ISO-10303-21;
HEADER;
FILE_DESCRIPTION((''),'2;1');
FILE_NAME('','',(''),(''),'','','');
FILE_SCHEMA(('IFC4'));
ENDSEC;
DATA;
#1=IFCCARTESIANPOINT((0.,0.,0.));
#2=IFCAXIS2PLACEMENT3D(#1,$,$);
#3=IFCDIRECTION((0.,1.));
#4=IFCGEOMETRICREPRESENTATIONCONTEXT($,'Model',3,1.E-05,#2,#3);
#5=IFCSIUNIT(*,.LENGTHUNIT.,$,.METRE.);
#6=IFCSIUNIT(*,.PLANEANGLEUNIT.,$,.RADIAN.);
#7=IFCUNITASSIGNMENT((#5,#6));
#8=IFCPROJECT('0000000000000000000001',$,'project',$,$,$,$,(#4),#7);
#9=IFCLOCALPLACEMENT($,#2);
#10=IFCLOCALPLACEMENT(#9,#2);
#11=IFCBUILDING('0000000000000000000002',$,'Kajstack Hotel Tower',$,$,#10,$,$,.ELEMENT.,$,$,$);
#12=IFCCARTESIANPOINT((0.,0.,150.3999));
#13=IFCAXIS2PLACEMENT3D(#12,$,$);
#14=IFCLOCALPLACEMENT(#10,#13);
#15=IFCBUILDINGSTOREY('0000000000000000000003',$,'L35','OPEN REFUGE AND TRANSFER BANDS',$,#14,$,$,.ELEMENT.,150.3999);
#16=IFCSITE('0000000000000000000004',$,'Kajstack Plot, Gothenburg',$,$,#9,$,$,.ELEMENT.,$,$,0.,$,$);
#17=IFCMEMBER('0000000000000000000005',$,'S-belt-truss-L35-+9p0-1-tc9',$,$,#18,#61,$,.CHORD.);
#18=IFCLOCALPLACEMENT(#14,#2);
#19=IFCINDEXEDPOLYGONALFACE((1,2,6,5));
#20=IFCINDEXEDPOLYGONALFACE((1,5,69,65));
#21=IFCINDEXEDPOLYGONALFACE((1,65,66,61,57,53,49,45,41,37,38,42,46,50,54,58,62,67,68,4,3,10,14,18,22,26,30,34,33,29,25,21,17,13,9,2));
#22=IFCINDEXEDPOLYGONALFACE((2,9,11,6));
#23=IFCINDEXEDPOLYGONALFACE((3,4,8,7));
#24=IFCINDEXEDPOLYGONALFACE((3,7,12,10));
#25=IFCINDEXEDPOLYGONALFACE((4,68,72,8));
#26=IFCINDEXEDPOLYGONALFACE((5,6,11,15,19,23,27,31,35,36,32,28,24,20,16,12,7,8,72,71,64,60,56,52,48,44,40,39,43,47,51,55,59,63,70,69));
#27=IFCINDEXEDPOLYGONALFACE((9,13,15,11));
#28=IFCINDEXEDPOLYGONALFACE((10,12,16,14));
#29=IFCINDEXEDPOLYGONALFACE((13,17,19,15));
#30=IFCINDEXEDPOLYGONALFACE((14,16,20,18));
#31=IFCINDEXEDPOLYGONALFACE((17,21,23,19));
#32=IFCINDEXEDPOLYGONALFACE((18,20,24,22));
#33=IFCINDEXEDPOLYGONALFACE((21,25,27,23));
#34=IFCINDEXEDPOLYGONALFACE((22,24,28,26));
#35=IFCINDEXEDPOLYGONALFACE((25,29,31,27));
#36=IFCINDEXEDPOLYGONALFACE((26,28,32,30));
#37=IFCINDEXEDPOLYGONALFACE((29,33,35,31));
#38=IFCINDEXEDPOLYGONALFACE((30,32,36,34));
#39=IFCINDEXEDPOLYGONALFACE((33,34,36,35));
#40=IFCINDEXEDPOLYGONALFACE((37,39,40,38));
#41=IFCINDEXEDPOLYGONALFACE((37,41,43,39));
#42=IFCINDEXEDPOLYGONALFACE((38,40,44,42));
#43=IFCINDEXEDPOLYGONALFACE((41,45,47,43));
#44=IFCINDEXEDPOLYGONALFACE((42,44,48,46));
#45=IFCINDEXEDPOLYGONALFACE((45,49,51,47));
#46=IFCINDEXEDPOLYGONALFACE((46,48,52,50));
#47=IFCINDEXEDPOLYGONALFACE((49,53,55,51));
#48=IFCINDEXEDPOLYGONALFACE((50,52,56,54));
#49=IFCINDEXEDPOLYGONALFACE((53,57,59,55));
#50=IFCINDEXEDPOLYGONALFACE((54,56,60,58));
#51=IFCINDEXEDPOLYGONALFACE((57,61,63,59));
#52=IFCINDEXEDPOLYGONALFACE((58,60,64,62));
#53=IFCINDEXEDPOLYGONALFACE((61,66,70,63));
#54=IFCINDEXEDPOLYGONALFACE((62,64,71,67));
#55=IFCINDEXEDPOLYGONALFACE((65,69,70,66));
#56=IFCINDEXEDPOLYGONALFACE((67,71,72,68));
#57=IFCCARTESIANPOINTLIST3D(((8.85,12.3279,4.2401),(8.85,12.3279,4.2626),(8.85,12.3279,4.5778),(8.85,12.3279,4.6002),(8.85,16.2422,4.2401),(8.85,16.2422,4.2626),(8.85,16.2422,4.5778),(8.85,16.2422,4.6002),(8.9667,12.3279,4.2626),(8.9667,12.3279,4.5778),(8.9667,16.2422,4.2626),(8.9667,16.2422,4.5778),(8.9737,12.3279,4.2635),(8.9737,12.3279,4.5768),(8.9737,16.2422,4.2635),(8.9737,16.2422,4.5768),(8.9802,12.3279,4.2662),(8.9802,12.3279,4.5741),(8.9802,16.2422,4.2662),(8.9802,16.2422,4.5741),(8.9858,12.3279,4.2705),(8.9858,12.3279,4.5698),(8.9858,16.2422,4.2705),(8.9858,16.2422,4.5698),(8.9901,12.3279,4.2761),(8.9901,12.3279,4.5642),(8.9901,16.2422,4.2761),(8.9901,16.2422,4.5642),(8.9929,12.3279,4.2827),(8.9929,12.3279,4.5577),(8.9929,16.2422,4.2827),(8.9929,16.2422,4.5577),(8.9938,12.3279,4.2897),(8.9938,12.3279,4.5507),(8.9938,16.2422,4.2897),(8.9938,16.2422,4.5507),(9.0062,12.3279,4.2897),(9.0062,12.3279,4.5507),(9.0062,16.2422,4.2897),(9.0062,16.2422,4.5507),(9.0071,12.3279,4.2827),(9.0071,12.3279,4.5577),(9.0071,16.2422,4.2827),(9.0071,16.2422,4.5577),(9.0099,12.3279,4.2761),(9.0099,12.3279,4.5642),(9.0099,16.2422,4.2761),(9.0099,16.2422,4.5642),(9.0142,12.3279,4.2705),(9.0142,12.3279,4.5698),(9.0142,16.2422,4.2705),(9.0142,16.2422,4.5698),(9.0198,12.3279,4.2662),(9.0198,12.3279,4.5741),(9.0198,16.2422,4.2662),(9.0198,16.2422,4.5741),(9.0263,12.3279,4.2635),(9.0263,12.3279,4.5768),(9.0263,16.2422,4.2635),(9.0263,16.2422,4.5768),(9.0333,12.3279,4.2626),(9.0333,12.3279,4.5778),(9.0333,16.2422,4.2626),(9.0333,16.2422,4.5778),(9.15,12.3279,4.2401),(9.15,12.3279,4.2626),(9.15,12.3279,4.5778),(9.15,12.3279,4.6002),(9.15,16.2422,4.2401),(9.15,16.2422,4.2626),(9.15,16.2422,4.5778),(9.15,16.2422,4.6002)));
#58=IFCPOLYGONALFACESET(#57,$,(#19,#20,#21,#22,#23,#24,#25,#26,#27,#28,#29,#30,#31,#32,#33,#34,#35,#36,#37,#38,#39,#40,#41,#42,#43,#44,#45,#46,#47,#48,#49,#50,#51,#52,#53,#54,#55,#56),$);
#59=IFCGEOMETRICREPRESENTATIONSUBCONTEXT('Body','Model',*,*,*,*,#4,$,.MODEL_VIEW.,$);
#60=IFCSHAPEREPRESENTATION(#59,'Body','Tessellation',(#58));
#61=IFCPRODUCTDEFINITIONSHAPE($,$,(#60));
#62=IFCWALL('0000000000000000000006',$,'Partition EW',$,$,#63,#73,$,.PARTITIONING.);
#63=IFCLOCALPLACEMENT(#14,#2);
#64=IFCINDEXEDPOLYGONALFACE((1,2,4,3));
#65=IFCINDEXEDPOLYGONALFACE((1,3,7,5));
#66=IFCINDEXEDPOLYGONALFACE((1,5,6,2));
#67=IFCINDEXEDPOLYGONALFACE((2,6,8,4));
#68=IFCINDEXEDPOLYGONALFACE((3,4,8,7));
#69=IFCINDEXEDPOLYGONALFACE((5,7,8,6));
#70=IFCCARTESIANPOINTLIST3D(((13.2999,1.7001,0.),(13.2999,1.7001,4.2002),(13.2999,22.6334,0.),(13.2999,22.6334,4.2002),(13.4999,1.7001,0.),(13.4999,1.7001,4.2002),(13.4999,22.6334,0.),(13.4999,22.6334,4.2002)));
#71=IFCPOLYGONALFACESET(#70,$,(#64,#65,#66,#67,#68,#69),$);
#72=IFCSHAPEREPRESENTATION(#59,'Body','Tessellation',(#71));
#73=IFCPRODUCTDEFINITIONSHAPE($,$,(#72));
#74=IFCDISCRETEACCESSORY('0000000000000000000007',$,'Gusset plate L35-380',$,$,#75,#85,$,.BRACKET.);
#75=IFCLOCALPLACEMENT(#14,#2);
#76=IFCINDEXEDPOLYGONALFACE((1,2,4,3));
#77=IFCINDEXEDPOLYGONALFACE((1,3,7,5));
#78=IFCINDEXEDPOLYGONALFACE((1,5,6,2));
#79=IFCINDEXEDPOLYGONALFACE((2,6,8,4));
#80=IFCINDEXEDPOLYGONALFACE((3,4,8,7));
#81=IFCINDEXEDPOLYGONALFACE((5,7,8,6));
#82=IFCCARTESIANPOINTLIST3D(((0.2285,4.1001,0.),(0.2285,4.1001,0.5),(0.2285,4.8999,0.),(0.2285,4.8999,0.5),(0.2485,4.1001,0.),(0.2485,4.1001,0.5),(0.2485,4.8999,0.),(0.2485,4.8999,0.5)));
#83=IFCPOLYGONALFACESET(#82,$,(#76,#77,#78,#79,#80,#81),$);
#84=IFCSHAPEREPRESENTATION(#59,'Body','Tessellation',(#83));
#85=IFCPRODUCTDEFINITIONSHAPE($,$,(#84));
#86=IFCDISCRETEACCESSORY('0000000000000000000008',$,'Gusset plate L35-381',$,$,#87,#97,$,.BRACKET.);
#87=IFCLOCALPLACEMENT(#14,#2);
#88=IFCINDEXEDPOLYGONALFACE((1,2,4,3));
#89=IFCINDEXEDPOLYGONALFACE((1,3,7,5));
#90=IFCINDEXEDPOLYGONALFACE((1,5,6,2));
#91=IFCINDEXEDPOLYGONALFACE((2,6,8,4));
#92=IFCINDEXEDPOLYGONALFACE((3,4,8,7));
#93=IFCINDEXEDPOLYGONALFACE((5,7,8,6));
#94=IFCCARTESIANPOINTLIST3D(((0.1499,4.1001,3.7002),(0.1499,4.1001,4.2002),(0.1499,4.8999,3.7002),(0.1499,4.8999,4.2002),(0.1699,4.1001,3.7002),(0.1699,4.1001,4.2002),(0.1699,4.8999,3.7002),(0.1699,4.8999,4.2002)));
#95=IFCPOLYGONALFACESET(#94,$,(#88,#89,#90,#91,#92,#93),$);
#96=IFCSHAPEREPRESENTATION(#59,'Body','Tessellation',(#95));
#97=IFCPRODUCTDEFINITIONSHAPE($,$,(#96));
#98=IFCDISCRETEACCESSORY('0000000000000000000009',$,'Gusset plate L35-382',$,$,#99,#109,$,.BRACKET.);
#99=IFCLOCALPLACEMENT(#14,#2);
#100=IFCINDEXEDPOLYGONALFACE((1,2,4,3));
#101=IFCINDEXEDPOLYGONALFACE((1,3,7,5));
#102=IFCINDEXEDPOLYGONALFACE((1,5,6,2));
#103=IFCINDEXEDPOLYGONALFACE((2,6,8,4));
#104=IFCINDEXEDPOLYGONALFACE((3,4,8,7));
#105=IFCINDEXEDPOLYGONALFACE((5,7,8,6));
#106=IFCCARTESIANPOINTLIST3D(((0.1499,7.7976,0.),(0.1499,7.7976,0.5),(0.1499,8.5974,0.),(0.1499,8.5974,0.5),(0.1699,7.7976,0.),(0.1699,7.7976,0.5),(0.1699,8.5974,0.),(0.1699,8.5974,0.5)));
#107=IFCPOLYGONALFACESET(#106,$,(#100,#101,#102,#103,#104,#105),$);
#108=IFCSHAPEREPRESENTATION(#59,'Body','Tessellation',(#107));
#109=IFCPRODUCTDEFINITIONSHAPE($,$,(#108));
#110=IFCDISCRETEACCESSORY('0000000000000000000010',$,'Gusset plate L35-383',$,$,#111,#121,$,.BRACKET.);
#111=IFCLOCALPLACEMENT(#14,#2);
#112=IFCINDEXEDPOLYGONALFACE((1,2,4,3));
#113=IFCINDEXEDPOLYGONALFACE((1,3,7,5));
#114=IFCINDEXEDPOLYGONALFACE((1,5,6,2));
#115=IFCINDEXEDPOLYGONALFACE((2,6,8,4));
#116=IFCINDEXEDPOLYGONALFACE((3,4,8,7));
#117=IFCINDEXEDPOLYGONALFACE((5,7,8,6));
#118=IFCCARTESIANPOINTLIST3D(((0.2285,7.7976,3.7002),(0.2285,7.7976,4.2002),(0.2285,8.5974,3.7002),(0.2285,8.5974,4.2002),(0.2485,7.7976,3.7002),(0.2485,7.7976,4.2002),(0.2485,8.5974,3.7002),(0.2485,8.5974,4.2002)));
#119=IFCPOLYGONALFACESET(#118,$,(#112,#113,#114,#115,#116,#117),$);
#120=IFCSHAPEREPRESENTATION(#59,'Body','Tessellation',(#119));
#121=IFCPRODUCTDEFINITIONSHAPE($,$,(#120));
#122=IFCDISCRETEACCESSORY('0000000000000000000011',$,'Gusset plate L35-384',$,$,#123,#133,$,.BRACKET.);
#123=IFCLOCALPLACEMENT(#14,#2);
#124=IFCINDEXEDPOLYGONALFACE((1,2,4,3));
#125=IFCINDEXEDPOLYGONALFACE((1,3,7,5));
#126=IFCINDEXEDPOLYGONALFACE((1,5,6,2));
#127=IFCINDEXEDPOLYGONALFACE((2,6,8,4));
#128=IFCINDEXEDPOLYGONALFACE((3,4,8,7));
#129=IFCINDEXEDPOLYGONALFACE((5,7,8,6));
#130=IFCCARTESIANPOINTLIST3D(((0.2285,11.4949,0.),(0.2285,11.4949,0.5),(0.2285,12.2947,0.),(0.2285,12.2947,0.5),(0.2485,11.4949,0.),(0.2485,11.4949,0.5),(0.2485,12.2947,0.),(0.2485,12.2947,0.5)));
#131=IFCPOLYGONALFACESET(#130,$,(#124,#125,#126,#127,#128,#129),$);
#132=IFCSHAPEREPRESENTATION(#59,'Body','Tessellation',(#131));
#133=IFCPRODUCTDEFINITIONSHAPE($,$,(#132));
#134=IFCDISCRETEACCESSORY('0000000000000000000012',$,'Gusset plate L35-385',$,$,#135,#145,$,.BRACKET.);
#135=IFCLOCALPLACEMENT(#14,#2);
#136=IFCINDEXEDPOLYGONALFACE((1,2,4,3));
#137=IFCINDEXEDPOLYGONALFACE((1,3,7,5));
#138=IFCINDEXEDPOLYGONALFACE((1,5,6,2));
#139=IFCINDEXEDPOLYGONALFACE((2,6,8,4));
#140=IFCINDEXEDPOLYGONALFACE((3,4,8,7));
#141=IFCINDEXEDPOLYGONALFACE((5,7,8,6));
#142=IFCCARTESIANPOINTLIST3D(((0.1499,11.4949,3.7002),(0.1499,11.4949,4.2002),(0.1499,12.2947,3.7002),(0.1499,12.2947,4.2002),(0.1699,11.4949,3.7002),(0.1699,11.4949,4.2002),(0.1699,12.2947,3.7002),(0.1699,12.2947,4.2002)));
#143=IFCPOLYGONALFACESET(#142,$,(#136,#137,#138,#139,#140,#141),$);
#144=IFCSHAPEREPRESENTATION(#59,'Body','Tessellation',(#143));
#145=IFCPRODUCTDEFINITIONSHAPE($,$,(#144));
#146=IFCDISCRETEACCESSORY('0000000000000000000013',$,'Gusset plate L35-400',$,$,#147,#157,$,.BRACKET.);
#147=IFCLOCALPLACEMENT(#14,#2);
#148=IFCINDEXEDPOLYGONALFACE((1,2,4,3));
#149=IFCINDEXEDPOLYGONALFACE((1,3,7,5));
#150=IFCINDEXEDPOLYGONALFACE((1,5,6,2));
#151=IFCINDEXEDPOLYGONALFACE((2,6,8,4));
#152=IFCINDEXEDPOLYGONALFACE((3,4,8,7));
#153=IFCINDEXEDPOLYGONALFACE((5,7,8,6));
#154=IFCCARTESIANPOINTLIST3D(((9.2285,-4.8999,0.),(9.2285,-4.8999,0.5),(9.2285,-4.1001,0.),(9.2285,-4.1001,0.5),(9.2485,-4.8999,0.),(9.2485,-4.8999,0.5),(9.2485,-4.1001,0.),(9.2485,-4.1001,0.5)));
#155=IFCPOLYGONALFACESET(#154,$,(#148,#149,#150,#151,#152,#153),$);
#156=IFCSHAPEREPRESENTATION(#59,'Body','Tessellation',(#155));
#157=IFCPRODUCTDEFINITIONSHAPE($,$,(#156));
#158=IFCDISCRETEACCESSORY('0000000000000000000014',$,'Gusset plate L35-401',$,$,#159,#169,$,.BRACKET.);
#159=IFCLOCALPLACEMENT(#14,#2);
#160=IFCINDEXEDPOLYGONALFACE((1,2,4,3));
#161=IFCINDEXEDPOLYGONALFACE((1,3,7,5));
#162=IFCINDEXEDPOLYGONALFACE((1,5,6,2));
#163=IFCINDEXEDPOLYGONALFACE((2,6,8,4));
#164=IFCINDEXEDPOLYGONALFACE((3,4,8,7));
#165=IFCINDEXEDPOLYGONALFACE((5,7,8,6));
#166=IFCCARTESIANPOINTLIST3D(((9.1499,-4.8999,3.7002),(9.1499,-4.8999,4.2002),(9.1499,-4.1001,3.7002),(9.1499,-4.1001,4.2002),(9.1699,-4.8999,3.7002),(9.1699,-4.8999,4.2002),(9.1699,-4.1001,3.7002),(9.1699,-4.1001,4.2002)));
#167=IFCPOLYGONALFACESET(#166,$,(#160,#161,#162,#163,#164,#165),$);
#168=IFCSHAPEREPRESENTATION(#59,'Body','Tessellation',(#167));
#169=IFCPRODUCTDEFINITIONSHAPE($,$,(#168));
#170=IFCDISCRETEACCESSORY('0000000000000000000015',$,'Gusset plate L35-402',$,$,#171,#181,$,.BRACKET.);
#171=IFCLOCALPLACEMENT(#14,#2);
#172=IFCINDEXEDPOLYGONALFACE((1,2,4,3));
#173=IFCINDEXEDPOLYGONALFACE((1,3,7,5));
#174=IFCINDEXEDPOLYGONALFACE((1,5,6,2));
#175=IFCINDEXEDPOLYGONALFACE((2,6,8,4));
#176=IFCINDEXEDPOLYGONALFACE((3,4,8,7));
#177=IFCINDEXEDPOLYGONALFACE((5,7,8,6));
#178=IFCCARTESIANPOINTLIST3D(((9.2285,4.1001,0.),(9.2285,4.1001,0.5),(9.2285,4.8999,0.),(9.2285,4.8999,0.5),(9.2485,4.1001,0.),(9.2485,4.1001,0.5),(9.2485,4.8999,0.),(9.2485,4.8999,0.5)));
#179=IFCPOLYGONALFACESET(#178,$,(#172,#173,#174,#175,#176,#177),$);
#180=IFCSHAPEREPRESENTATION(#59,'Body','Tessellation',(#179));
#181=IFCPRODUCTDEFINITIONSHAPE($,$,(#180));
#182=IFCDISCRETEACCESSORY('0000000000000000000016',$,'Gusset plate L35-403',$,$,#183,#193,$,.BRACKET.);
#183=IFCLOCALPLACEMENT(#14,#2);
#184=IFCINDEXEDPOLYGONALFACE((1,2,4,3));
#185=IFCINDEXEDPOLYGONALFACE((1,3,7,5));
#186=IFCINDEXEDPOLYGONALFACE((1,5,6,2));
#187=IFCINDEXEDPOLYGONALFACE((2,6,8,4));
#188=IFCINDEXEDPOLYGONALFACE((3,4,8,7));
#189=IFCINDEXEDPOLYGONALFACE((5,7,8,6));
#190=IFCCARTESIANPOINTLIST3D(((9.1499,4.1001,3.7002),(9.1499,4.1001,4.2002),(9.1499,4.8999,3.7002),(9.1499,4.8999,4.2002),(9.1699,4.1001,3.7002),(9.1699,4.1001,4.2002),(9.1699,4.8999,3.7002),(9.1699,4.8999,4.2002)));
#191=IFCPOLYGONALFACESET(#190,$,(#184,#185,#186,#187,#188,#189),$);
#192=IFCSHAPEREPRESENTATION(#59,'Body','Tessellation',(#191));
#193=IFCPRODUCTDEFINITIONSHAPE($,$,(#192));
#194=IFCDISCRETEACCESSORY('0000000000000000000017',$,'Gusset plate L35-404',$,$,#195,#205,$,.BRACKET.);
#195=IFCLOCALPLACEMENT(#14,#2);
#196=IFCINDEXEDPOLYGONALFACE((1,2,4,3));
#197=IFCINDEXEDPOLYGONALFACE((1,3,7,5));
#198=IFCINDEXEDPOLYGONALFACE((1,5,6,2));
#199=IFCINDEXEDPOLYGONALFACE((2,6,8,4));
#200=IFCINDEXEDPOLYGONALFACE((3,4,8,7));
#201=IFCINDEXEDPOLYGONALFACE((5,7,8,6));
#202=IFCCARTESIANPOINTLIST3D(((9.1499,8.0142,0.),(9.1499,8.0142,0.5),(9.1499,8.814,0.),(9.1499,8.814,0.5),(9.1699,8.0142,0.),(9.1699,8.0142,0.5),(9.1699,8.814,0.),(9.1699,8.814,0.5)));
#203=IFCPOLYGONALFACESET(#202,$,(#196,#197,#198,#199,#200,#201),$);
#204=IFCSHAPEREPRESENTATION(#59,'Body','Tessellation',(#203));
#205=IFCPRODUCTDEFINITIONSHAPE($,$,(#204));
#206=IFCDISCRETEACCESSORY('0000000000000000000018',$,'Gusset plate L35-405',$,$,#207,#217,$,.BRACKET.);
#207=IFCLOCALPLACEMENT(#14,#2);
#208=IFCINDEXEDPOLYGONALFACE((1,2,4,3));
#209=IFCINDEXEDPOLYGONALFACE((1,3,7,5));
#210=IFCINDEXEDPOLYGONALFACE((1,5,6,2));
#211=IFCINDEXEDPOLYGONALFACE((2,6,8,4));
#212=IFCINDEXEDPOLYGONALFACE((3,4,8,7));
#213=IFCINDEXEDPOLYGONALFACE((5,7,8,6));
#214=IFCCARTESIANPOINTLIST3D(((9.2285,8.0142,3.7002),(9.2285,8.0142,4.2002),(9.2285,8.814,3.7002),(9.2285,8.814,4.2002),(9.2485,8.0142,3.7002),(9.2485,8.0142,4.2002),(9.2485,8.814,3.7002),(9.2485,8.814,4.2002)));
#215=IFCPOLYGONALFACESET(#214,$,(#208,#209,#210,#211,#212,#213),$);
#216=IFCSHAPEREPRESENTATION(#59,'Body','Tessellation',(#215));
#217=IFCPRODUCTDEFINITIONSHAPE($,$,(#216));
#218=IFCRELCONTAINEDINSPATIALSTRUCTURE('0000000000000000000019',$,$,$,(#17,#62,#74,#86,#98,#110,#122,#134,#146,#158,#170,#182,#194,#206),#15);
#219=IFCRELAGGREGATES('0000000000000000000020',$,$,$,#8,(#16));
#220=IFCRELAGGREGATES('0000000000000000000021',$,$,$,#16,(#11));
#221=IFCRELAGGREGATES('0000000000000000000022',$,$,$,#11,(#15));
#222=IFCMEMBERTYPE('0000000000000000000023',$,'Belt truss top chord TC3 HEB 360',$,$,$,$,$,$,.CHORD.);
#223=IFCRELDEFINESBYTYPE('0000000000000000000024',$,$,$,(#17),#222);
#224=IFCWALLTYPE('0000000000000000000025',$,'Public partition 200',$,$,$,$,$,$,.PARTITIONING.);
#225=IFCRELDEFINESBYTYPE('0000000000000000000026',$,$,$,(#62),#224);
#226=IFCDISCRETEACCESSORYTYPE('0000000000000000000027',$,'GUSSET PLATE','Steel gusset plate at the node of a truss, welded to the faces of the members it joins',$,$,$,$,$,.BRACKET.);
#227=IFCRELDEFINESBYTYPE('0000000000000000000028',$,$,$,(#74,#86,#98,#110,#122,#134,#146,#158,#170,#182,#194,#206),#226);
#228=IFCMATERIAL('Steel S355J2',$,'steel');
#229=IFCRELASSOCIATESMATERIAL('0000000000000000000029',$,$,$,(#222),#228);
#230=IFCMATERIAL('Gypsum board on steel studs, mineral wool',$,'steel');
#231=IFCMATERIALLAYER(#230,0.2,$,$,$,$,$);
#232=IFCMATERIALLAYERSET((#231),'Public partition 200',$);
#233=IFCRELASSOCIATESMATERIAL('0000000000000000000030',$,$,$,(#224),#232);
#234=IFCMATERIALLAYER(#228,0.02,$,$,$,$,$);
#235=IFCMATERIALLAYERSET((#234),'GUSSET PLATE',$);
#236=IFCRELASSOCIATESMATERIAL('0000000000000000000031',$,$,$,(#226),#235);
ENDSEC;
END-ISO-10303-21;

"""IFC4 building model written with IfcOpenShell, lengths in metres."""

from ifc_helpers import new_model, si_unit, direction, frame, frame_2d, origin, origin_2d, place, context, subcontext, project, spatial, polyline, rectangle, i_section, outline, extrude, material, layer, layer_set, material_profile, profile_set, type_object, element, save


model = new_model("IFC4")

# Units and contexts
model_context = context("Model", 3, precision=1e-05, world=origin(), true_north=direction((0.0, 1.0)))
body_context = subcontext(model_context, "Body", "Model", "MODEL_VIEW")
ifc_project = project(units=[si_unit("LENGTHUNIT", "METRE"), si_unit("PLANEANGLEUNIT", "RADIAN")], contexts=[model_context])

# Site, building, storey
site_placement = place(None, origin())
site = spatial("IfcSite", under=ifc_project, at=site_placement, Name="Kajstack Plot, Gothenburg", CompositionType="ELEMENT", RefElevation=0.0)
building_placement = place(site_placement, origin())
building = spatial("IfcBuilding", under=site, at=building_placement, Name="Kajstack Hotel Tower", CompositionType="ELEMENT")
storey_placement = place(building_placement, frame((0.0, 0.0, 150.3999)))
storey = spatial("IfcBuildingStorey", under=building, at=storey_placement, Name="L35", Description="OPEN REFUGE AND TRANSFER BANDS", CompositionType="ELEMENT", Elevation=150.3999)

# Member
ifc_material_1 = material(Name="Steel S355J2", Category="steel")
ifc_material_profile_1 = material_profile(ifc_material_1, i_section(OverallWidth=0.3, OverallDepth=0.3601, WebThickness=0.0125, FlangeThickness=0.0225, FilletRadius=0.0271, at=origin_2d()), Name="HEB 360")
ifc_profile_set_1 = profile_set([ifc_material_profile_1], Name="Steel S355J2")
member_type_1 = type_object("IfcMemberType", Name="Belt truss top chord TC3 HEB 360", PredefinedType="CHORD", material=ifc_profile_set_1)
member_1_placement = place(storey_placement, frame((9.0, 12.3279, 4.4202), z_axis=(0.0, 1.0, 0.0), x_axis=(-1.0, 0.0, 0.0)))
element("IfcMember", 1, at=member_1_placement, inside=storey, type_object=member_type_1, Name="S-belt-truss-L35-+9p0-1-tc9", PredefinedType="CHORD", context=body_context, shape_type="SweptSolid", body=[
    extrude(i_section(OverallWidth=0.3, OverallDepth=0.3601, WebThickness=0.0125, FlangeThickness=0.0225, FilletRadius=0.0271, at=origin_2d()), origin(), (0.0, 0.0, 1.0), 3.9143),
])

# Wall
ifc_material_2 = material(Name="Gypsum board on steel studs, mineral wool", Category="steel")
ifc_layer_1 = layer(ifc_material_2, 0.2)
ifc_layer_set_1 = layer_set([ifc_layer_1], Name="Public partition 200")
wall_type = type_object("IfcWallType", Name="Public partition 200", PredefinedType="PARTITIONING", material=ifc_layer_set_1)
wall_placement = place(storey_placement, frame((13.3999, 1.7, 0.0), z_axis=(0.0, 0.0, 1.0), x_axis=(0.0, 1.0, 0.0)))
element("IfcWall", 2, at=wall_placement, inside=storey, type_object=wall_type, Name="Partition EW", PredefinedType="PARTITIONING", context=body_context, shape_type="SweptSolid", body=[
    extrude(rectangle(XDim=20.9333, YDim=0.2, at=frame_2d((10.4668, 0.0))), origin(), (0.0, 0.0, 1.0), 4.2002),
])

# Discrete accessories
ifc_layer_2 = layer(ifc_material_1, 0.02)
ifc_layer_set_2 = layer_set([ifc_layer_2], Name="GUSSET PLATE")
discrete_accessory_type = type_object("IfcDiscreteAccessoryType", Name="GUSSET PLATE", Description="Steel gusset plate at the node of a truss, welded to the faces of the members it joins", PredefinedType="BRACKET", material=ifc_layer_set_2)
for number, where, z_axis, x_axis, name in (
    (3, (0.2285, 4.5, 0.0), (1.0, 0.0, 0.0), (0.0, 1.0, 0.0), "Gusset plate L35-380"),
    (4, (0.1499, 4.5, 3.7002), (1.0, 0.0, 0.0), (0.0, 1.0, 0.0), "Gusset plate L35-381"),
    (5, (0.1499, 8.1975, 0.0), (1.0, 0.0, 0.0), (0.0, 1.0, 0.0), "Gusset plate L35-382"),
    (6, (0.2285, 8.1975, 3.7002), (1.0, 0.0, 0.0), (0.0, 1.0, 0.0), "Gusset plate L35-383"),
    (7, (0.2285, 11.8948, 0.0), (1.0, 0.0, 0.0), (0.0, 1.0, 0.0), "Gusset plate L35-384"),
    (8, (0.1499, 11.8948, 3.7002), (1.0, 0.0, 0.0), (0.0, 1.0, 0.0), "Gusset plate L35-385"),
    (9, (9.2285, -4.5, 0.0), (1.0, 0.0, 0.0), (0.0, 1.0, 0.0), "Gusset plate L35-400"),
    (10, (9.1499, -4.5, 3.7002), (1.0, 0.0, 0.0), (0.0, 1.0, 0.0), "Gusset plate L35-401"),
    (11, (9.2285, 4.5, 0.0), (1.0, 0.0, 0.0), (0.0, 1.0, 0.0), "Gusset plate L35-402"),
    (12, (9.1499, 4.5, 3.7002), (1.0, 0.0, 0.0), (0.0, 1.0, 0.0), "Gusset plate L35-403"),
    (13, (9.1499, 8.4141, 0.0), (1.0, 0.0, 0.0), (0.0, 1.0, 0.0), "Gusset plate L35-404"),
    (14, (9.2285, 8.4141, 3.7002), (1.0, 0.0, 0.0), (0.0, 1.0, 0.0), "Gusset plate L35-405"),
):
    element("IfcDiscreteAccessory", number, at=place(storey_placement, frame(where, z_axis=z_axis, x_axis=x_axis)), inside=storey, type_object=discrete_accessory_type, Name=name, PredefinedType="BRACKET", context=body_context, shape_type="SweptSolid", body=[
        extrude(outline(polyline([(-0.3999, 0.0), (0.3999, 0.0), (0.3999, 0.5), (-0.3999, 0.5), (-0.3999, 0.0)])), origin(), (0.0, 0.0, 1.0), 0.02),
    ])

save(model, "model.ifc")
